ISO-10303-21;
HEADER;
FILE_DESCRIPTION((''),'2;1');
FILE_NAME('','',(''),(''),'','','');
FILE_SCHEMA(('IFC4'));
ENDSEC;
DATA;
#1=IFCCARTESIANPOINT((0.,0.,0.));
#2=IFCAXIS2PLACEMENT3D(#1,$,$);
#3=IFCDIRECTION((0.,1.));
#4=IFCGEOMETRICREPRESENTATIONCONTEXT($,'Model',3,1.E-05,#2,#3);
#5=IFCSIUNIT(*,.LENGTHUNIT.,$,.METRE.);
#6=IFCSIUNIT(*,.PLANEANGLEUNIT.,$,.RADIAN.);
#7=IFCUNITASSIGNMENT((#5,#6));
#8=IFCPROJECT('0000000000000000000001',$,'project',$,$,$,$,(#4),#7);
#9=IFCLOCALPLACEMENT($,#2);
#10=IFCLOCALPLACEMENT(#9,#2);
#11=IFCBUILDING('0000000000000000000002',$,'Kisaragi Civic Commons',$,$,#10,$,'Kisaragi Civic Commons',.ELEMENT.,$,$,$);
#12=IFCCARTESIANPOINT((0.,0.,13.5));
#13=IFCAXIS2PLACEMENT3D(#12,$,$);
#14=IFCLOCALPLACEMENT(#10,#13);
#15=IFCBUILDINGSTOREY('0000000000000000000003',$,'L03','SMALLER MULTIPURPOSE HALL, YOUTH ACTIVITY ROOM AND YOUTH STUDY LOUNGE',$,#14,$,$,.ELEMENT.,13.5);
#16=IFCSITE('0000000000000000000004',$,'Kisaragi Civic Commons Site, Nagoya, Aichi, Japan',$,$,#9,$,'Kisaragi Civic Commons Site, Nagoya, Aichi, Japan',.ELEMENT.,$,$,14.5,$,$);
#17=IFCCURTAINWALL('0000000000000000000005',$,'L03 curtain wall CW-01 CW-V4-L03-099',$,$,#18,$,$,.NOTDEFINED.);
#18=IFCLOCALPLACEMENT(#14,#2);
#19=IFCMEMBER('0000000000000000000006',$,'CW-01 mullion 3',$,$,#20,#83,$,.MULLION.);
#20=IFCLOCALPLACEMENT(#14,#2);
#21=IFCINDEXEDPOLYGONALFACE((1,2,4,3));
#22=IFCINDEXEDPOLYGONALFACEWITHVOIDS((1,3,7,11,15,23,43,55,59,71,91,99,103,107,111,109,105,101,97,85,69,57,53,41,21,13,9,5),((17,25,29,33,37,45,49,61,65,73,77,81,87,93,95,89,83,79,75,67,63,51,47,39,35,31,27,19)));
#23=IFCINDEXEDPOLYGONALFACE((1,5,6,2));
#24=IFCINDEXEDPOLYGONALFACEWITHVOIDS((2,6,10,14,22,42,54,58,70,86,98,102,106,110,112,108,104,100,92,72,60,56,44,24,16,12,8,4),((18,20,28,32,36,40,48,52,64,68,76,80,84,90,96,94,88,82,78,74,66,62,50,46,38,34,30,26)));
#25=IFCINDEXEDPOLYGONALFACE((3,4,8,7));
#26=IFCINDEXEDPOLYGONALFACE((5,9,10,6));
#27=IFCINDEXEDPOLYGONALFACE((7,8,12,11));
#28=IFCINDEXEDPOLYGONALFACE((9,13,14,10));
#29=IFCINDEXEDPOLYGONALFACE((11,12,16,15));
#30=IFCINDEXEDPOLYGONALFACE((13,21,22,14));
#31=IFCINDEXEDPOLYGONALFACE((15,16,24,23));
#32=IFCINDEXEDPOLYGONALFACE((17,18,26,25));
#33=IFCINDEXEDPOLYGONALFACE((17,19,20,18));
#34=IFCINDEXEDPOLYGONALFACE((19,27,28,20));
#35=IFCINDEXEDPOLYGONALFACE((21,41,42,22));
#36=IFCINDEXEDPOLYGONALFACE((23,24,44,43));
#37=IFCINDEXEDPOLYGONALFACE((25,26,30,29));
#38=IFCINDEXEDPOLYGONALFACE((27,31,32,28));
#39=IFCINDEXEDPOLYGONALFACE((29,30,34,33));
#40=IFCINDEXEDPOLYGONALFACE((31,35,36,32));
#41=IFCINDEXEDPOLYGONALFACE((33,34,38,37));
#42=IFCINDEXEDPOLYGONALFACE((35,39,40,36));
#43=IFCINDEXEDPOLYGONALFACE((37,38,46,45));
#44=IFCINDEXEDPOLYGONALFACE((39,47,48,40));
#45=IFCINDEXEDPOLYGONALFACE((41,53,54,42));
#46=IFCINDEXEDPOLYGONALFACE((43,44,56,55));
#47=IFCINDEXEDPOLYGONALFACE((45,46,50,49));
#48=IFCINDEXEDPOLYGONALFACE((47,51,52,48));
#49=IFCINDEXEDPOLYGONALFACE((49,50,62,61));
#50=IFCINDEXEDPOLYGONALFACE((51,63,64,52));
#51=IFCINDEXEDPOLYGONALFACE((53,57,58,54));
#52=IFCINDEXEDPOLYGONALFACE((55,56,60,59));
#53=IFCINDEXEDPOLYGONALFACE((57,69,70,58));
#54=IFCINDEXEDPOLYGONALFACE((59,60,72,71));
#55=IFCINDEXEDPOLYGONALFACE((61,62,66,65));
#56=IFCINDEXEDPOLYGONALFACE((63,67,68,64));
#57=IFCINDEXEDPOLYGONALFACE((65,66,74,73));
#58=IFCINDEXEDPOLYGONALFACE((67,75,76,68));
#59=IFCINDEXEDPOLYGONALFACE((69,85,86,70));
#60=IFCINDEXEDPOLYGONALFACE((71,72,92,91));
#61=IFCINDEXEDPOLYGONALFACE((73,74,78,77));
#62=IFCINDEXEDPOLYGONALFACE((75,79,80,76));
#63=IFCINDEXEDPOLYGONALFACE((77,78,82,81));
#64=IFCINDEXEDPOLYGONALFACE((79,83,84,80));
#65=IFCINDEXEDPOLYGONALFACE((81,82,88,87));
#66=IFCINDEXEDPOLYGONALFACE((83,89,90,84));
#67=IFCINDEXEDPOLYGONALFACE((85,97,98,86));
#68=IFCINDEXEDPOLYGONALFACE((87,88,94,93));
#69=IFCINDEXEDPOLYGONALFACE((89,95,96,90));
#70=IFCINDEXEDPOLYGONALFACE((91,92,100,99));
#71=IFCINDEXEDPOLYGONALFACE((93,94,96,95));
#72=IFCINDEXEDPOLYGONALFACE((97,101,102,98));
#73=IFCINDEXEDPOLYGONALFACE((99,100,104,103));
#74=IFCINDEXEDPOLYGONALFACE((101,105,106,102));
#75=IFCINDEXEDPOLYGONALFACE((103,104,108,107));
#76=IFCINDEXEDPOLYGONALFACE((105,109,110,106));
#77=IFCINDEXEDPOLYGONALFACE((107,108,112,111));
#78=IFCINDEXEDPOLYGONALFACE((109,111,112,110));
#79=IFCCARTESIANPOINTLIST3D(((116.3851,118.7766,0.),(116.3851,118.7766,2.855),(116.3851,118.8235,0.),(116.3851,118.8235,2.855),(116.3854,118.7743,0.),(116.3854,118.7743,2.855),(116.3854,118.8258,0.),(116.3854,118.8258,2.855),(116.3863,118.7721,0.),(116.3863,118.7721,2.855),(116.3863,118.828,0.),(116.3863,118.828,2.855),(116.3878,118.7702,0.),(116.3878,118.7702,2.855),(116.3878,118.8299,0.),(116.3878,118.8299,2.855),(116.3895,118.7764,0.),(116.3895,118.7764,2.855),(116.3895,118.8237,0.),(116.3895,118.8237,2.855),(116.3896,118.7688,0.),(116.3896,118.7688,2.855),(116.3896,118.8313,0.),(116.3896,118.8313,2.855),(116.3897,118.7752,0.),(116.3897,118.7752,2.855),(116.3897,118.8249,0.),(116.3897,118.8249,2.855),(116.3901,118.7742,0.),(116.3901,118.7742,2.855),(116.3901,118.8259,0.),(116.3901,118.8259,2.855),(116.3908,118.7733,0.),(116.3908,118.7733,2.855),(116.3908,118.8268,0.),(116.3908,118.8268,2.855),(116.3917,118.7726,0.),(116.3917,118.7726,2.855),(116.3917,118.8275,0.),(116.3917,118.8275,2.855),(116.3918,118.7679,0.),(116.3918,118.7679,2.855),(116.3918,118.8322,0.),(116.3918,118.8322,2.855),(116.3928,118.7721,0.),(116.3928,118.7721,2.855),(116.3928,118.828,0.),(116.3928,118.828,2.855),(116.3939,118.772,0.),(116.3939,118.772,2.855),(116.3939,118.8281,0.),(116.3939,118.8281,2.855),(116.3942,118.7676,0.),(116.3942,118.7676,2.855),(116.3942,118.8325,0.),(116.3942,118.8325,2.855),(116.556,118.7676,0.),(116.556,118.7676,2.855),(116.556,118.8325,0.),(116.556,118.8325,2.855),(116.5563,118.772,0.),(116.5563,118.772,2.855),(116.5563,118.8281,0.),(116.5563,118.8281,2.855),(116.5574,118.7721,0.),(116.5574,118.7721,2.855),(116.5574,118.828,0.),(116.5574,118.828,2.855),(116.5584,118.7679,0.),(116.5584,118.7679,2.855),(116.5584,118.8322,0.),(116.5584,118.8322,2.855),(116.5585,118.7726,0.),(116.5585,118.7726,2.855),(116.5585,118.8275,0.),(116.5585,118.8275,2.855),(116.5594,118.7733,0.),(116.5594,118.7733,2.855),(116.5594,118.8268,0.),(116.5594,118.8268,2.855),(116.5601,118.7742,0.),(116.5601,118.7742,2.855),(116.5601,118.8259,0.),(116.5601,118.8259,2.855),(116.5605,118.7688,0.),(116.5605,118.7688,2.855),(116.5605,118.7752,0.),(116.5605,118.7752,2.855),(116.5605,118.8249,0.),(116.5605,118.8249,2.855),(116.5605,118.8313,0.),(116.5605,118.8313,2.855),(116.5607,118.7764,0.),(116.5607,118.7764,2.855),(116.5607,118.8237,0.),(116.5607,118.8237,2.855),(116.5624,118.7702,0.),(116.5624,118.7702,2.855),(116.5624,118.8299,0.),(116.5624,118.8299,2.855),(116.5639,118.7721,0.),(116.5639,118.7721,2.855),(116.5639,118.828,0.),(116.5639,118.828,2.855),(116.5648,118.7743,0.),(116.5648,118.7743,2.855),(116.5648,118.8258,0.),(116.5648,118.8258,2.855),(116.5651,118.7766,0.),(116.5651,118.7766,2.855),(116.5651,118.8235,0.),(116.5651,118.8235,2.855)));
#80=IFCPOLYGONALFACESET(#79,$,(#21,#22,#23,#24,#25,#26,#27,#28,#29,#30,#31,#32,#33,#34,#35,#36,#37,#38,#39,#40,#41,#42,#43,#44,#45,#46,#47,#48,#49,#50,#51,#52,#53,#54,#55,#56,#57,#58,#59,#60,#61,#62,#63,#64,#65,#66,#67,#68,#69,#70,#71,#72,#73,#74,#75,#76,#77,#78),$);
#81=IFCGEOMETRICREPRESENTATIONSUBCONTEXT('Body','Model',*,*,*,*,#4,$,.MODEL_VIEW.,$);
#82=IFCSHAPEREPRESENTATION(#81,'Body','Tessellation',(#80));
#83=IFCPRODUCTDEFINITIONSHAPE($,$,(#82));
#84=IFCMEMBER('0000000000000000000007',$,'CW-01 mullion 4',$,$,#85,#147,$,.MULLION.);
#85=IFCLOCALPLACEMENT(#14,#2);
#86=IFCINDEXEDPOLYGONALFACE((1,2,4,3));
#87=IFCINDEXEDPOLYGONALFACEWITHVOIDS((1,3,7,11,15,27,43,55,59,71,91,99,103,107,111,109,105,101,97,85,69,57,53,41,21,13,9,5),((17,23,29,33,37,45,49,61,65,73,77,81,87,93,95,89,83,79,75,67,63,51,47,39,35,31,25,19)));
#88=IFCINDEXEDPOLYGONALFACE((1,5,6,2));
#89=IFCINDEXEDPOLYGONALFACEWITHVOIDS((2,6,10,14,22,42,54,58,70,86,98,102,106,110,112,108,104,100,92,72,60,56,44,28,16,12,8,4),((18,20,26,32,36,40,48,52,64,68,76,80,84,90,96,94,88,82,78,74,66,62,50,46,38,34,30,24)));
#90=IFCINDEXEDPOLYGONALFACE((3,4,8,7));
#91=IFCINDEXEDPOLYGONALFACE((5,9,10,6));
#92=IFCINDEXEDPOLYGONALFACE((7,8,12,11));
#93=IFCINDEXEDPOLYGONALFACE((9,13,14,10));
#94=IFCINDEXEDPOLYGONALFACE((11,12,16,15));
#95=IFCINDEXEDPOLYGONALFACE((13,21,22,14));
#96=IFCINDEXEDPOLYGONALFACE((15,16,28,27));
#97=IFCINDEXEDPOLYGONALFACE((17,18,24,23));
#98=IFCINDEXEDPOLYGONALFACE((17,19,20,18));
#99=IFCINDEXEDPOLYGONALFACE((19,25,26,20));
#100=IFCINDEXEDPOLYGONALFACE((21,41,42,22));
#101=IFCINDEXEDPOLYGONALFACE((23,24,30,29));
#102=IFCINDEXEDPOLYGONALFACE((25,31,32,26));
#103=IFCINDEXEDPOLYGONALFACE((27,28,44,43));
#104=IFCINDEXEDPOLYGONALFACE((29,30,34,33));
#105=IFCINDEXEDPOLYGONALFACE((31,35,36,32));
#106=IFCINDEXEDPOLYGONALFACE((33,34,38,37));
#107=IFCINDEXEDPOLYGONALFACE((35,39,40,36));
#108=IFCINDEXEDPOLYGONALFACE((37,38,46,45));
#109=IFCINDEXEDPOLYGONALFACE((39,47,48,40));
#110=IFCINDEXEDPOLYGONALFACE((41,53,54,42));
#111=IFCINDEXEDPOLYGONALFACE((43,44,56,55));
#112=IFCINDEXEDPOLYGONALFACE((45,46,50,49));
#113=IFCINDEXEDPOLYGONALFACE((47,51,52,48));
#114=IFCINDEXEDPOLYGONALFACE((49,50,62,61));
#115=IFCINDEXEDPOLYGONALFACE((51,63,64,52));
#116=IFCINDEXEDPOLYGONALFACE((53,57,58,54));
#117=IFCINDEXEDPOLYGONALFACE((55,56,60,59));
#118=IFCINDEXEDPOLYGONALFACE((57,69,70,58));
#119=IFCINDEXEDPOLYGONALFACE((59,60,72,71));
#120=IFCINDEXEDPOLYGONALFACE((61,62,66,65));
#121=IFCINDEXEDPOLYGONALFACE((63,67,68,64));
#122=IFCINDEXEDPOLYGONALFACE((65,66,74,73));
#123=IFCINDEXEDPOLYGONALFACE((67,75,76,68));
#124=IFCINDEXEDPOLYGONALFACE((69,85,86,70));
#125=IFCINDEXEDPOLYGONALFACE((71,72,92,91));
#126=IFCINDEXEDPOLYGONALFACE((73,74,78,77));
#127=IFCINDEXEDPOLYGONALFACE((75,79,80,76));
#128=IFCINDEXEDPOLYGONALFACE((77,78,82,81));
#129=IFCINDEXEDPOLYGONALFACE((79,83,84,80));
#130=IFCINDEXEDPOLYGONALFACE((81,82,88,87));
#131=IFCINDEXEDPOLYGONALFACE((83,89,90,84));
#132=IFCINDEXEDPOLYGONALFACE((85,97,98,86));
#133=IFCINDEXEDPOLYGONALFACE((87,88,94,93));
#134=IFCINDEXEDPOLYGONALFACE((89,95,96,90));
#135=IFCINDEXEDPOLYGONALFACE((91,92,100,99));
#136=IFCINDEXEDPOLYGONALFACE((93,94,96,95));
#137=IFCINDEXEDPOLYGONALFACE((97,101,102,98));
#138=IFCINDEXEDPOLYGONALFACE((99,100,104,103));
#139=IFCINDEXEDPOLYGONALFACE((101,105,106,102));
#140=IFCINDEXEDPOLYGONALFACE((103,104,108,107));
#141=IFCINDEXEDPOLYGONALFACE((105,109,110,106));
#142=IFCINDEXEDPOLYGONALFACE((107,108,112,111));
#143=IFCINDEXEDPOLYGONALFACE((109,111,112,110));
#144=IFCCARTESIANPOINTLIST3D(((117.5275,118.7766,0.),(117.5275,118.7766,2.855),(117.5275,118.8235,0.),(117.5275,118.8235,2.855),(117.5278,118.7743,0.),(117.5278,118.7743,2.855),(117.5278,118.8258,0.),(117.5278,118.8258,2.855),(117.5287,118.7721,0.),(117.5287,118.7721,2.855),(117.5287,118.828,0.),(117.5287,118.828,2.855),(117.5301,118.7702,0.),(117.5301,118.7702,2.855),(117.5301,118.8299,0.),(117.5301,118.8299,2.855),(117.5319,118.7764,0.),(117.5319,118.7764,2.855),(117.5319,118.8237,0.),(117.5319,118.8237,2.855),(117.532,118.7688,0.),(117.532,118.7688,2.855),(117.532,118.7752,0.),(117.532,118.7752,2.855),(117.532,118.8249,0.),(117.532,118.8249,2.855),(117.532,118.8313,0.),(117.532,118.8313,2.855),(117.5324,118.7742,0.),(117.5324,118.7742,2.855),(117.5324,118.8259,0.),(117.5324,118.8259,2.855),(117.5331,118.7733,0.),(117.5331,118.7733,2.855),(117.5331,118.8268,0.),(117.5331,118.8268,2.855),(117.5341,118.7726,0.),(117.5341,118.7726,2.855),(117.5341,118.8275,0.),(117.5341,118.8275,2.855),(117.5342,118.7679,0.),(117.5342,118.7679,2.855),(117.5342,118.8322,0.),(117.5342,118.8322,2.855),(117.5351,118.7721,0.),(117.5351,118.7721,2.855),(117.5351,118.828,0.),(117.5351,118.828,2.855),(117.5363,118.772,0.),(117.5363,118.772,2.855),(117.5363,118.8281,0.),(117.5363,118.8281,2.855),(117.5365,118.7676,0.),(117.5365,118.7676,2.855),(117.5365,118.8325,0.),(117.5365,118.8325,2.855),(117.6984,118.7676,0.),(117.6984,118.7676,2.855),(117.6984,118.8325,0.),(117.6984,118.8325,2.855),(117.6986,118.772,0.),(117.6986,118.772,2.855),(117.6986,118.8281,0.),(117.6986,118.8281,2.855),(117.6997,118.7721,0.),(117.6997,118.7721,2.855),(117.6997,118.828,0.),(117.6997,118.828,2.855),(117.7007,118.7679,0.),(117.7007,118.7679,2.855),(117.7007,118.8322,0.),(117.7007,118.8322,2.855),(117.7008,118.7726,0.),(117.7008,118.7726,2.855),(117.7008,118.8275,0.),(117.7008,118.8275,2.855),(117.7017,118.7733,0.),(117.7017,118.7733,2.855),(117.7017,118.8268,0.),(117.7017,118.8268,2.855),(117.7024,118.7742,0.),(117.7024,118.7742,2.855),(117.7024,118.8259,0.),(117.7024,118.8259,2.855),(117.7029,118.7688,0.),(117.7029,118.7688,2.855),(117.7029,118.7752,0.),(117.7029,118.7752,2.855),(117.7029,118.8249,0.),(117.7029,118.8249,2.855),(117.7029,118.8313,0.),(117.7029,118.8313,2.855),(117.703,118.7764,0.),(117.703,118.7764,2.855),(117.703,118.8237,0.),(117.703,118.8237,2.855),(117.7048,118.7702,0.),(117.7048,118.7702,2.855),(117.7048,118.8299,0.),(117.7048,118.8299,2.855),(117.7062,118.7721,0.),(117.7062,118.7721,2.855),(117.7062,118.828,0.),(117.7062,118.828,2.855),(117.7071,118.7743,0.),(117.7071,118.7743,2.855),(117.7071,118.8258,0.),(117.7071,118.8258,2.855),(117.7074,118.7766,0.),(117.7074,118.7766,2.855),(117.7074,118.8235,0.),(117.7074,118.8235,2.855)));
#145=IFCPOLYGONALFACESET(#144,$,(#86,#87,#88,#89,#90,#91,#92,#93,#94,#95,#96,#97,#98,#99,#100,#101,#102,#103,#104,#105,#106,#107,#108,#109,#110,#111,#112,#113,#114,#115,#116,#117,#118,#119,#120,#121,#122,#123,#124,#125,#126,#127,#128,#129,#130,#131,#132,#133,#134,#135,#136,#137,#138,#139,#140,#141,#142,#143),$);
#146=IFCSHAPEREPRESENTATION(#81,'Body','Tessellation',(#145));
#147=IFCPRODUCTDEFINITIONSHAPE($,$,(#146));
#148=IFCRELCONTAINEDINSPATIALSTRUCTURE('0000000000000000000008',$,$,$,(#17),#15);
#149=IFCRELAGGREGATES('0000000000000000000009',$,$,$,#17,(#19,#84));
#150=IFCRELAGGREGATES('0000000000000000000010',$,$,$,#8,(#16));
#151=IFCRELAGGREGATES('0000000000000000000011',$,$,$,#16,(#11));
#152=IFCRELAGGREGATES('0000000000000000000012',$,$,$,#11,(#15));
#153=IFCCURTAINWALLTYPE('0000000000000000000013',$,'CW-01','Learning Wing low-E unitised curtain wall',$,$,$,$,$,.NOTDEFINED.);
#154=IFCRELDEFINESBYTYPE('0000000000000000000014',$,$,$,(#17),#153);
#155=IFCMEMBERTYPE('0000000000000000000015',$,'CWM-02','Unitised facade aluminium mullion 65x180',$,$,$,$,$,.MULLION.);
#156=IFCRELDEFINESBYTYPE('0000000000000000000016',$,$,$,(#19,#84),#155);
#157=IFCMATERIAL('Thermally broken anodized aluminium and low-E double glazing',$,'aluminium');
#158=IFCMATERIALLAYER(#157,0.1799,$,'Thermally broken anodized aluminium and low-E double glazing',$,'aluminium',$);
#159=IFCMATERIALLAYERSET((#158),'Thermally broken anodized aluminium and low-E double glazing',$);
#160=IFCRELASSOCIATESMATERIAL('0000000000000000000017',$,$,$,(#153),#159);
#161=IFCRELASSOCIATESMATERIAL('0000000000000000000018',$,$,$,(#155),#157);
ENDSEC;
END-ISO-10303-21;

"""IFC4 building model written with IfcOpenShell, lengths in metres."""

from ifc_helpers import new_model, si_unit, direction, frame, origin, origin_2d, place, context, subcontext, project, spatial, hollow_rectangle, extrude, material, layer, layer_set, material_profile, profile_set, type_object, element, aggregate, save


model = new_model("IFC4")

# Units and contexts
model_context = context("Model", 3, precision=1e-05, world=origin(), true_north=direction((0.0, 1.0)))
body_context = subcontext(model_context, "Body", "Model", "MODEL_VIEW")
ifc_project = project(units=[si_unit("LENGTHUNIT", "METRE"), si_unit("PLANEANGLEUNIT", "RADIAN")], contexts=[model_context])

# Site, building, storey
site_placement = place(None, origin())
site = spatial("IfcSite", under=ifc_project, at=site_placement, Name="Kisaragi Civic Commons Site, Nagoya, Aichi, Japan", LongName="Kisaragi Civic Commons Site, Nagoya, Aichi, Japan", CompositionType="ELEMENT", RefElevation=14.5)
building_placement = place(site_placement, origin())
building = spatial("IfcBuilding", under=site, at=building_placement, Name="Kisaragi Civic Commons", LongName="Kisaragi Civic Commons", CompositionType="ELEMENT")
storey_placement = place(building_placement, frame((0.0, 0.0, 13.5)))
storey = spatial("IfcBuildingStorey", under=building, at=storey_placement, Name="L03", Description="SMALLER MULTIPURPOSE HALL, YOUTH ACTIVITY ROOM AND YOUTH STUDY LOUNGE", CompositionType="ELEMENT", Elevation=13.5)

# Curtain wall, members
ifc_material = material(Name="Thermally broken anodized aluminium and low-E double glazing", Category="aluminium")
ifc_layer_1 = layer(ifc_material, 0.1799, Name="Thermally broken anodized aluminium and low-E double glazing", Category="aluminium")
ifc_layer_set_1 = layer_set([ifc_layer_1], Name="Thermally broken anodized aluminium and low-E double glazing")
curtain_wall_type = type_object("IfcCurtainWallType", Name="CW-01", Description="Learning Wing low-E unitised curtain wall", PredefinedType="NOTDEFINED", material=ifc_layer_set_1)
curtain_wall_1_placement = place(storey_placement, origin())
curtain_wall_1 = element("IfcCurtainWall", 1, at=curtain_wall_1_placement, inside=storey, type_object=curtain_wall_type, Name="L03 curtain wall CW-01 CW-V4-L03-099", PredefinedType="NOTDEFINED")
ifc_material_profile_1 = material_profile(ifc_material, hollow_rectangle(XDim=0.0649, YDim=0.1799, WallThickness=0.0044, InnerFilletRadius=0.0044, OuterFilletRadius=0.009, at=origin_2d()), Name="CWM-65x180x4.5", Category="aluminium")
ifc_profile_set_1 = profile_set([ifc_material_profile_1], Name="Thermally broken anodized aluminium and low-E double glazing")
member_type_1 = type_object("IfcMemberType", Name="CWM-02", Description="Unitised facade aluminium mullion 65x180", PredefinedType="MULLION", material=ifc_profile_set_1)
member_1_placement = place(storey_placement, frame((116.4751, 118.8, 0.0), z_axis=(0.0, 0.0, 1.0), x_axis=(0.0, 1.0, 0.0)))
member_1 = element("IfcMember", 2, at=member_1_placement, type_object=member_type_1, Name="CW-01 mullion 3", PredefinedType="MULLION", context=body_context, shape_type="SweptSolid", body=[
    extrude(hollow_rectangle(XDim=0.0649, YDim=0.1799, WallThickness=0.0044, InnerFilletRadius=0.0044, OuterFilletRadius=0.009, at=origin_2d()), origin(), (0.0, 0.0, 1.0), 2.855),
])
member_2_placement = place(storey_placement, frame((117.6174, 118.8, 0.0), z_axis=(0.0, 0.0, 1.0), x_axis=(0.0, 1.0, 0.0)))
member_2 = element("IfcMember", 3, at=member_2_placement, type_object=member_type_1, Name="CW-01 mullion 4", PredefinedType="MULLION", context=body_context, shape_type="SweptSolid", body=[
    extrude(hollow_rectangle(XDim=0.0649, YDim=0.1799, WallThickness=0.0044, InnerFilletRadius=0.0044, OuterFilletRadius=0.009, at=origin_2d()), origin(), (0.0, 0.0, 1.0), 2.855),
])

aggregate(curtain_wall_1, [member_1, member_2])

save(model, "model.ifc")
